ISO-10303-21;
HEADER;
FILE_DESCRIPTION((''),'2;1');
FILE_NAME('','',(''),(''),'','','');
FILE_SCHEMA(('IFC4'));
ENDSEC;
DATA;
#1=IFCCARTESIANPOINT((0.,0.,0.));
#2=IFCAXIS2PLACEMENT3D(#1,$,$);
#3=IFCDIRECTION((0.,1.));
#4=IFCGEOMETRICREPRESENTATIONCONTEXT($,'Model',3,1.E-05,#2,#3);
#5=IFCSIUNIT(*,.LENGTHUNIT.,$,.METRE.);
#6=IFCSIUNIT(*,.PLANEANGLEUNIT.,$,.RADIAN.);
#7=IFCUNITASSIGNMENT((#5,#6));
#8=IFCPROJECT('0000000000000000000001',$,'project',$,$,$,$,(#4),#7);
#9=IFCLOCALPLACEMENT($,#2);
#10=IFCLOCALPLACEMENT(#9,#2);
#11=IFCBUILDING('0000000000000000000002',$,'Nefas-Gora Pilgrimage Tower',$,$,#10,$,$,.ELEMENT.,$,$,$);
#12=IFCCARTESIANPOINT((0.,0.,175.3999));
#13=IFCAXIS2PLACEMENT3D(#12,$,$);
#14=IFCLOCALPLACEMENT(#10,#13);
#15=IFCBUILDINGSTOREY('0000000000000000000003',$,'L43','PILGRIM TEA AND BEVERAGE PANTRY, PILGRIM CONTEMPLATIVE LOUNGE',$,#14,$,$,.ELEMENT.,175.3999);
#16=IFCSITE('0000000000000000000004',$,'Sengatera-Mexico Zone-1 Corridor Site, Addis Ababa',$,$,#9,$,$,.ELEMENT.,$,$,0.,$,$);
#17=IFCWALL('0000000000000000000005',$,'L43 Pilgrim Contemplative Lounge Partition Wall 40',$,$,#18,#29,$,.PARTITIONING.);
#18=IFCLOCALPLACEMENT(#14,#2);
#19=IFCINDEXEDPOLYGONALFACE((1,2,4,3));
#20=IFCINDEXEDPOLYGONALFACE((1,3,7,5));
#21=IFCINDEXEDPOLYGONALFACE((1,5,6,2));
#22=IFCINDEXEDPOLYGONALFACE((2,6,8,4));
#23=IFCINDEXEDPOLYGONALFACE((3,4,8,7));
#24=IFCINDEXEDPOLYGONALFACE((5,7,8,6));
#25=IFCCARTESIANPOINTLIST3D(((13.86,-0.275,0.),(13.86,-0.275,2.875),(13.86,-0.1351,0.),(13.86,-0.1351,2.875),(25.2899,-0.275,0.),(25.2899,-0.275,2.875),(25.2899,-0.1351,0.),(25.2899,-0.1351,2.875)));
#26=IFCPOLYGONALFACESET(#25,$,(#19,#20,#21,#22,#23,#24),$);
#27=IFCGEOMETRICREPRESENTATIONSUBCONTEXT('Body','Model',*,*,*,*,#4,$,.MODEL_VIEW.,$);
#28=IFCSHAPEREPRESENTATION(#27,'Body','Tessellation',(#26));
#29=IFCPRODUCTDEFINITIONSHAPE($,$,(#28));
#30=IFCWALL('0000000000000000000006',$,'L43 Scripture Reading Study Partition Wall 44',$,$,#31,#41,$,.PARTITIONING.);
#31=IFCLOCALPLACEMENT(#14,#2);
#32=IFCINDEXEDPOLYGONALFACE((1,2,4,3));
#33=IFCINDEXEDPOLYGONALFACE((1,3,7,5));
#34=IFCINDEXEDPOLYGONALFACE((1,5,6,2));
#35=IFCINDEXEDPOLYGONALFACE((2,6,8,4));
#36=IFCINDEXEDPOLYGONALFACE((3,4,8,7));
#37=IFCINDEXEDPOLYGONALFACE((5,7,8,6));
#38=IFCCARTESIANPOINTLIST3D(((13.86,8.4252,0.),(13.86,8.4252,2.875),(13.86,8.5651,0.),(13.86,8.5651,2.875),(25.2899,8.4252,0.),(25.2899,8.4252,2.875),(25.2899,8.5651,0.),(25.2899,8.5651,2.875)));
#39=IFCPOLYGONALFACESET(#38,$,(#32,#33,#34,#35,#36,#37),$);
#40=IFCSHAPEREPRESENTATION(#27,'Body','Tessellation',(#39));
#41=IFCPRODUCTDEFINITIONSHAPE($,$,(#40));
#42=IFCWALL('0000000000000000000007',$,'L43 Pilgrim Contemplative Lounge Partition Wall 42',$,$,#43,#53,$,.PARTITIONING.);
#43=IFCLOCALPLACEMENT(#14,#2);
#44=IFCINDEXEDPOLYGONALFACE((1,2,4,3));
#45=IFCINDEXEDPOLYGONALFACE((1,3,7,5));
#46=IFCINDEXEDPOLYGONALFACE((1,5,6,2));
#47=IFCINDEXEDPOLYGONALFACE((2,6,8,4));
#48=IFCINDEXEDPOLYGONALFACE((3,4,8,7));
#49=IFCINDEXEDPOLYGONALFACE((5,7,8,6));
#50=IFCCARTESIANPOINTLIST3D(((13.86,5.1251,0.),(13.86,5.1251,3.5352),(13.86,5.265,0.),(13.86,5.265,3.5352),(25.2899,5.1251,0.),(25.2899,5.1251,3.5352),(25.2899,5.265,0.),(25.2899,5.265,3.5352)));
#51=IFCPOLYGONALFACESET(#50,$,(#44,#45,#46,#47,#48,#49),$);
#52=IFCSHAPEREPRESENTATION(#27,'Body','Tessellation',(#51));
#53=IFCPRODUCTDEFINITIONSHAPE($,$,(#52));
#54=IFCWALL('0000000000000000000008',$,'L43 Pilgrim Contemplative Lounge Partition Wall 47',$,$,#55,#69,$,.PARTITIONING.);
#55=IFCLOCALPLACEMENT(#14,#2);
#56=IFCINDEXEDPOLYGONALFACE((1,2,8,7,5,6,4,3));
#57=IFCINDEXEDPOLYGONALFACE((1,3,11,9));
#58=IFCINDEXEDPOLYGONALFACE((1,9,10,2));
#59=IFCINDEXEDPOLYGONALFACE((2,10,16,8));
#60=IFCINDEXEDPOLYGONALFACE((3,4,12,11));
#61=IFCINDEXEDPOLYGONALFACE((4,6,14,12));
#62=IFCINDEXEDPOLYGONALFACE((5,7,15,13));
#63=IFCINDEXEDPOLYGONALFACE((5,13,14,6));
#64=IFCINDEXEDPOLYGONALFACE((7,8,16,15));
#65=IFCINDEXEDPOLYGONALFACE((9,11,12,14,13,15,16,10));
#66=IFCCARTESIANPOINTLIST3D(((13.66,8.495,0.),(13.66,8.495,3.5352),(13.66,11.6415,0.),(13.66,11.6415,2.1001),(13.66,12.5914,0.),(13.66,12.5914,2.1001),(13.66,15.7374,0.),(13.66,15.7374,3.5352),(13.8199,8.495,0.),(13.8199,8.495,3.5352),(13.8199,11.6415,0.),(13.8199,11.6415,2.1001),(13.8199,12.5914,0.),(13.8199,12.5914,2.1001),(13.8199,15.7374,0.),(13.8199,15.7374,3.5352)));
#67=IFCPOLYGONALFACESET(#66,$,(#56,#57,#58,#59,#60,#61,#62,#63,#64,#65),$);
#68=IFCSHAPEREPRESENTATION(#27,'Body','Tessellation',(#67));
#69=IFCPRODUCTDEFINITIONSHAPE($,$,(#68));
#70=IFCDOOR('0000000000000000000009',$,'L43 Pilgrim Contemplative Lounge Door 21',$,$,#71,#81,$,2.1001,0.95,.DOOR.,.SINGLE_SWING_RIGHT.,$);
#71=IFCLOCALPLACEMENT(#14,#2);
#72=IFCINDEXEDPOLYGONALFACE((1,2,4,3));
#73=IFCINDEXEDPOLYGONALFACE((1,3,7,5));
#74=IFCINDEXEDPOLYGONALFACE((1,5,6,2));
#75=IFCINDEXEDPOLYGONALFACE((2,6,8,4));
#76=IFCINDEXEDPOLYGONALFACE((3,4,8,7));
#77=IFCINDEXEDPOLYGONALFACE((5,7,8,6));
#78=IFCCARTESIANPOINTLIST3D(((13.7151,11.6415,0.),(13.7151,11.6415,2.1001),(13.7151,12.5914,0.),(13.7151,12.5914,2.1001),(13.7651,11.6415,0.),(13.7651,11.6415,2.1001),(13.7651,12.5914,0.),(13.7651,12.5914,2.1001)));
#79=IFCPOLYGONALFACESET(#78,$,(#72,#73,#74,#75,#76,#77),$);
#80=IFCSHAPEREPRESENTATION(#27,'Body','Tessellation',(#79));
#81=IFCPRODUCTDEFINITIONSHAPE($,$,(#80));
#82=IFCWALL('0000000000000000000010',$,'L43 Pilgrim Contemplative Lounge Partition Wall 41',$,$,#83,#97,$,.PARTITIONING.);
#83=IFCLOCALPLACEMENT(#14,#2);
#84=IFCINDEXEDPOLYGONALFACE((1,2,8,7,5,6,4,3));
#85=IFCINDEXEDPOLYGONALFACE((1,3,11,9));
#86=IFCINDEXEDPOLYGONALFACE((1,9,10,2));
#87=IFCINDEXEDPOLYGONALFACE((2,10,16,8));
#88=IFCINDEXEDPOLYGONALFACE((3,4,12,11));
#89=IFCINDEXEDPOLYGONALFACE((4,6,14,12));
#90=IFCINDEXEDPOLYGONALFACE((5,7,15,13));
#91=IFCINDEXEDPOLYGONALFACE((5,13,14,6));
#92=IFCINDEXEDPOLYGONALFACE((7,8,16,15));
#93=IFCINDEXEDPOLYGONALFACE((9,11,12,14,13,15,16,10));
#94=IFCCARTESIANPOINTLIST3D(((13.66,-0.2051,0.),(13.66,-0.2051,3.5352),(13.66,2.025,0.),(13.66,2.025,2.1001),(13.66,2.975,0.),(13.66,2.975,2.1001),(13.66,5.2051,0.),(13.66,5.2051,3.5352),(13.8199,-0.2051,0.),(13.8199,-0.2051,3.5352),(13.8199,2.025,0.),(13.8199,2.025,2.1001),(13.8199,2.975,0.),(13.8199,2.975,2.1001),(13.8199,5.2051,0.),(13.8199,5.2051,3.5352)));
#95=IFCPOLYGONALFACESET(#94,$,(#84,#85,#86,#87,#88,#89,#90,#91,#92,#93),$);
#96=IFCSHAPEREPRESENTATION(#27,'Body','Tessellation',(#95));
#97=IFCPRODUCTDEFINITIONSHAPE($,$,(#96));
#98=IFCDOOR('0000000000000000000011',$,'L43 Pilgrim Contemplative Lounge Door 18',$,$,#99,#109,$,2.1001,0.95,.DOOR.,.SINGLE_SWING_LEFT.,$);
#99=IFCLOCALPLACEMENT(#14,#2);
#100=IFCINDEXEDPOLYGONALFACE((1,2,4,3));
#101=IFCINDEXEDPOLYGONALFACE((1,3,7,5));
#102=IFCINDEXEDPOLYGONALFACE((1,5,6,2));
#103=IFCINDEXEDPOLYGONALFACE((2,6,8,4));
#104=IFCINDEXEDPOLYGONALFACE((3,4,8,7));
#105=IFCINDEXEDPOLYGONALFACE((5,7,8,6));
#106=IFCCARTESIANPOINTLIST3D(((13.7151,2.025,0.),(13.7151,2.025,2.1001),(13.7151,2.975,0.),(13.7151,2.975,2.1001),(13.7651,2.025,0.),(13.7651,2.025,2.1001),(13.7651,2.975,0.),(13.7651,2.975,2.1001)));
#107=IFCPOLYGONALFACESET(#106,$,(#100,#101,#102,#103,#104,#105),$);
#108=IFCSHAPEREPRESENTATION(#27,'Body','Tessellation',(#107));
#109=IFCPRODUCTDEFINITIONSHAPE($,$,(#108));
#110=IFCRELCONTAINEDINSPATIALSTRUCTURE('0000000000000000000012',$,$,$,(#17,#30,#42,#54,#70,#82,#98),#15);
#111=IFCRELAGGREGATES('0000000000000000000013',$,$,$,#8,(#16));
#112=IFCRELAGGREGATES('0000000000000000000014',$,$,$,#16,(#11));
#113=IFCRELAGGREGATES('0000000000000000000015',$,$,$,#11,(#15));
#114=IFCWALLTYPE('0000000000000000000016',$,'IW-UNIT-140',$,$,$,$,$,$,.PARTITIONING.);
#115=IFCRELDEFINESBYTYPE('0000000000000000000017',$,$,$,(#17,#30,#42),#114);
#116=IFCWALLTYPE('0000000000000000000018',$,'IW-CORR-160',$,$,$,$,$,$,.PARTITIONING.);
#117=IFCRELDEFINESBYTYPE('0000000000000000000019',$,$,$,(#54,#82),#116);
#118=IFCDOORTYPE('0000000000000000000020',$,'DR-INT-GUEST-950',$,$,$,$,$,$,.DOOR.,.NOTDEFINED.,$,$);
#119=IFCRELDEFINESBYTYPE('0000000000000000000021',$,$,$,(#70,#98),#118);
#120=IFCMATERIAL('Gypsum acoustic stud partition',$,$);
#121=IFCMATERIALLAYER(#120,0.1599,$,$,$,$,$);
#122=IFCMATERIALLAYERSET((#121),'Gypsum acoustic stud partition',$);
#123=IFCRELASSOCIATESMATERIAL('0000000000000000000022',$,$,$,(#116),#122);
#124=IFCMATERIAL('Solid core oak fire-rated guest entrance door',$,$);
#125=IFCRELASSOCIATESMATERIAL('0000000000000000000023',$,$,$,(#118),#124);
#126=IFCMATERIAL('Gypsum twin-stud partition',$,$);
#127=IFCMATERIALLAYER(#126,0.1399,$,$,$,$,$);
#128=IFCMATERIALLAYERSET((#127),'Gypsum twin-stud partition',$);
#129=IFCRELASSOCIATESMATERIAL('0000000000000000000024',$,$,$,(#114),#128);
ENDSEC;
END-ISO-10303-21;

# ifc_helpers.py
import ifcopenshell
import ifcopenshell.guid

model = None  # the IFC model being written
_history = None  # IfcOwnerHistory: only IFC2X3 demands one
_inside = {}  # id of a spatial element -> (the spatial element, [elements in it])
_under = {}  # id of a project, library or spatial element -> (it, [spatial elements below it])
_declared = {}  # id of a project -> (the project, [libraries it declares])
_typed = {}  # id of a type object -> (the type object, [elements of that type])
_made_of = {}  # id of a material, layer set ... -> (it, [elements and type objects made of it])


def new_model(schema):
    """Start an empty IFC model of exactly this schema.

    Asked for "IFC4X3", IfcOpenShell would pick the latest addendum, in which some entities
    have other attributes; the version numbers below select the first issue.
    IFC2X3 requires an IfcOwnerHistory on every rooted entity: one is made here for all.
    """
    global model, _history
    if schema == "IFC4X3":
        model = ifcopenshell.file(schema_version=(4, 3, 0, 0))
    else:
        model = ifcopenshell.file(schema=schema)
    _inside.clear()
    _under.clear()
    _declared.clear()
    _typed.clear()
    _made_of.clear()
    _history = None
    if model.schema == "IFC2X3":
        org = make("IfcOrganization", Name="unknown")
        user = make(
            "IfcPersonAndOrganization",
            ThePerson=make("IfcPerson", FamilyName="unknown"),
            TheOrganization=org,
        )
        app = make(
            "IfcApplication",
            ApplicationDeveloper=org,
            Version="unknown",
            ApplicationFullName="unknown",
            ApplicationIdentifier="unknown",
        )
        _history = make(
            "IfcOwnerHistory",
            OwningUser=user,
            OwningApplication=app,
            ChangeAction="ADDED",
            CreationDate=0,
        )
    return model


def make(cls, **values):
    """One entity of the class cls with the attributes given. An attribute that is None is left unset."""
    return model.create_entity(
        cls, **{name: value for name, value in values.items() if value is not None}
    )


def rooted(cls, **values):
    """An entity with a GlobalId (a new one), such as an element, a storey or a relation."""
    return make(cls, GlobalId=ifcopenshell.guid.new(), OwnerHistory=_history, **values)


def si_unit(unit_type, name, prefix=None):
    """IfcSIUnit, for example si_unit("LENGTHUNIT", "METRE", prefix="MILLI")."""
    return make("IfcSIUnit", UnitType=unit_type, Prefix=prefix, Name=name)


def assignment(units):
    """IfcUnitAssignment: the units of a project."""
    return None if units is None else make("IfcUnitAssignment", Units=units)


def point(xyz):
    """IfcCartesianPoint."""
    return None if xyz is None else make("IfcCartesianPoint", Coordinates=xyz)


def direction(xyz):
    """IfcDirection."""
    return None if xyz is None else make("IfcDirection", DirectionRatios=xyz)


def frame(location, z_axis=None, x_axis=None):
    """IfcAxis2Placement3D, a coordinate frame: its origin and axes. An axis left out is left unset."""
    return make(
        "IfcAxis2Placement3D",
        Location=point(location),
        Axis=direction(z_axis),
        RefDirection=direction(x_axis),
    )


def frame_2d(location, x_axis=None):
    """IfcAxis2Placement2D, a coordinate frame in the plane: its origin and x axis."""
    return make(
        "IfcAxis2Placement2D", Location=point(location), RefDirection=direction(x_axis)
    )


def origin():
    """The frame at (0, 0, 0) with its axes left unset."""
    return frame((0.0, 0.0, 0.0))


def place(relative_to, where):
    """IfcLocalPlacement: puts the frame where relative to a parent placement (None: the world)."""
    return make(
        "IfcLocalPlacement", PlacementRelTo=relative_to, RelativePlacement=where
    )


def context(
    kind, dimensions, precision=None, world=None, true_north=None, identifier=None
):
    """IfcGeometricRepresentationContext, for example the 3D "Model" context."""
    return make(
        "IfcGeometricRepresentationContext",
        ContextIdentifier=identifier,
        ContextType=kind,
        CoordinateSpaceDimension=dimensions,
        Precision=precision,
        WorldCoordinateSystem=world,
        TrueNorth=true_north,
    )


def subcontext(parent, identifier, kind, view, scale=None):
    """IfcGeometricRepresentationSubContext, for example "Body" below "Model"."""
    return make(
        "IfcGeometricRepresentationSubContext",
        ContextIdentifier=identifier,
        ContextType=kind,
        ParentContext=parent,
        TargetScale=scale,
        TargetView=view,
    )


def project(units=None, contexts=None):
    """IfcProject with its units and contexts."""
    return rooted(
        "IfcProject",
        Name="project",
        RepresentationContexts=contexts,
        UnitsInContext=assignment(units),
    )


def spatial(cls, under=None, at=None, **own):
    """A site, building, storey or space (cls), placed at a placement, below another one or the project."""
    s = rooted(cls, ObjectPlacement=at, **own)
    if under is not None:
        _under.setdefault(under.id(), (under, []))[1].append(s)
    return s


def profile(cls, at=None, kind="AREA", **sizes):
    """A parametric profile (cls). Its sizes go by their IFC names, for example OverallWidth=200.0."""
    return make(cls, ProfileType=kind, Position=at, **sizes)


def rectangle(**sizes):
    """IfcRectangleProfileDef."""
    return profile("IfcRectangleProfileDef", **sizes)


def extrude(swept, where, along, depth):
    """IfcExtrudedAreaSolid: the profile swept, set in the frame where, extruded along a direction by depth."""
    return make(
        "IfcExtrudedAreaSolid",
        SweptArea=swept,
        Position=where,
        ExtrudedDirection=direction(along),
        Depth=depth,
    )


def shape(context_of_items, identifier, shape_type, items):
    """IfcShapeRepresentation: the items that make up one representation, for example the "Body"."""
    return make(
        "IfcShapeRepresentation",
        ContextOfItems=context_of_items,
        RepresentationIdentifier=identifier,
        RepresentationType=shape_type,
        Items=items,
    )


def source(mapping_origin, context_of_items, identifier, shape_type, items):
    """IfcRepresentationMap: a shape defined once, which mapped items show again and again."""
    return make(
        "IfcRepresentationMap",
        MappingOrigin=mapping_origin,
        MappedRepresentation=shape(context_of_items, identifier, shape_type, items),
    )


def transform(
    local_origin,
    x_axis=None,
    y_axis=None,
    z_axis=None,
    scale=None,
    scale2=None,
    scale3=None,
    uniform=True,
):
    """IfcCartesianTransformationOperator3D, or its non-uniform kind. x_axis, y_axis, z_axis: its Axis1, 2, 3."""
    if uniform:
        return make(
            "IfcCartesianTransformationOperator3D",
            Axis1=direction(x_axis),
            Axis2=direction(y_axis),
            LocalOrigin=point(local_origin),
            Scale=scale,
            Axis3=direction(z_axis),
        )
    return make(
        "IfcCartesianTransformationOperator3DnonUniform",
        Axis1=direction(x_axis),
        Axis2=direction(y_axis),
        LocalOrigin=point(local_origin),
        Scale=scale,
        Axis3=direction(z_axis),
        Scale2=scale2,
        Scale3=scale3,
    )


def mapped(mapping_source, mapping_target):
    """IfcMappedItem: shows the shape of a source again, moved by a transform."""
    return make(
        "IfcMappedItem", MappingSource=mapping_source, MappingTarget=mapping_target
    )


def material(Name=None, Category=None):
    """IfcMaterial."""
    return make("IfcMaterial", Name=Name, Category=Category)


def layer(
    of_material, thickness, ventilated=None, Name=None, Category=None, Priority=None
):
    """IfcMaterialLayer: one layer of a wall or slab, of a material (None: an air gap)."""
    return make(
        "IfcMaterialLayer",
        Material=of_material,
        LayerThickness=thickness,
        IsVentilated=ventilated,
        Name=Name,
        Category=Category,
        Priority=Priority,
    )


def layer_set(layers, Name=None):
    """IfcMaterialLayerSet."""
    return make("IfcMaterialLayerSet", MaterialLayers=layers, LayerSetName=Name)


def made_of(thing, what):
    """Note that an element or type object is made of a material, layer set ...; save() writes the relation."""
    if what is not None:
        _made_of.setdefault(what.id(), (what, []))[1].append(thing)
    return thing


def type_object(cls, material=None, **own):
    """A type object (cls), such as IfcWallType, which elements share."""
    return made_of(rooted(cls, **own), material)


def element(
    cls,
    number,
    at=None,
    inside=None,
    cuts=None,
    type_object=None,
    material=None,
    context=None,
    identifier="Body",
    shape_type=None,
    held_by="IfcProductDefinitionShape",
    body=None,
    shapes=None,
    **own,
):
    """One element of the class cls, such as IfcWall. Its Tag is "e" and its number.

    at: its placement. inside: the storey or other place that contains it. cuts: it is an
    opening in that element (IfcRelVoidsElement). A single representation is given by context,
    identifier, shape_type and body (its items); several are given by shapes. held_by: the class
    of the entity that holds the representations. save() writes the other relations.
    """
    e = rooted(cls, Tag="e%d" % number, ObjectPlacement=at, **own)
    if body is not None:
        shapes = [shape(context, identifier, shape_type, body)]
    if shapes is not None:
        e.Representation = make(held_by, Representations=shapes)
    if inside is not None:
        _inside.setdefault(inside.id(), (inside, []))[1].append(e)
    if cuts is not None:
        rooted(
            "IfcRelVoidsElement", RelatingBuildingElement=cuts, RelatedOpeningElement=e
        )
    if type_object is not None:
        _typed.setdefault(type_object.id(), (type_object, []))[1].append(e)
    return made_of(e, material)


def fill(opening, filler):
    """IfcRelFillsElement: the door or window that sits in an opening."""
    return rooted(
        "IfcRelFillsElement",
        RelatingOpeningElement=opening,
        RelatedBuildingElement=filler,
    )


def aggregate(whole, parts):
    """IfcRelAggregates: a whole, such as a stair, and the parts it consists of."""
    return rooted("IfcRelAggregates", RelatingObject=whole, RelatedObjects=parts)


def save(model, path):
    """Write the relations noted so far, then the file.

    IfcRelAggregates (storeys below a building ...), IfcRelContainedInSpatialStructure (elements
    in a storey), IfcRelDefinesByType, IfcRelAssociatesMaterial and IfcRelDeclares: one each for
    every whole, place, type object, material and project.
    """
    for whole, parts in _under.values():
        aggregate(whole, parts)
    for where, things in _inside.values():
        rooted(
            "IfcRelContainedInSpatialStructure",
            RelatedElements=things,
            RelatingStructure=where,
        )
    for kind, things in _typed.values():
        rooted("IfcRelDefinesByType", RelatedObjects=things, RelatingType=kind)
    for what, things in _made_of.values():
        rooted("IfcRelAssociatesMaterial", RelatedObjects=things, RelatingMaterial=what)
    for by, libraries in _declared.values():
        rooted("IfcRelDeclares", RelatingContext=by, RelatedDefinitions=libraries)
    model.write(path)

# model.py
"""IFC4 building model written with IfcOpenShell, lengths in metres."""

from ifc_helpers import new_model, si_unit, direction, frame, frame_2d, origin, place, context, subcontext, project, spatial, rectangle, extrude, source, transform, mapped, material, layer, layer_set, type_object, element, fill, save


model = new_model("IFC4")

# Units and contexts
model_context = context("Model", 3, precision=1e-05, world=origin(), true_north=direction((0.0, 1.0)))
body_context = subcontext(model_context, "Body", "Model", "MODEL_VIEW")
ifc_project = project(units=[si_unit("LENGTHUNIT", "METRE"), si_unit("PLANEANGLEUNIT", "RADIAN")], contexts=[model_context])

# Site, building, storey
site_placement = place(None, origin())
site = spatial("IfcSite", under=ifc_project, at=site_placement, Name="Sengatera-Mexico Zone-1 Corridor Site, Addis Ababa", CompositionType="ELEMENT", RefElevation=0.0)
building_placement = place(site_placement, origin())
building = spatial("IfcBuilding", under=site, at=building_placement, Name="Nefas-Gora Pilgrimage Tower", CompositionType="ELEMENT")
storey_placement = place(building_placement, frame((0.0, 0.0, 175.3999)))
storey = spatial("IfcBuildingStorey", under=building, at=storey_placement, Name="L43", Description="PILGRIM TEA AND BEVERAGE PANTRY, PILGRIM CONTEMPLATIVE LOUNGE", CompositionType="ELEMENT", Elevation=175.3999)

# Shared definitions
ifc_material_1 = material(Name="Gypsum acoustic stud partition")
ifc_layer_1 = layer(ifc_material_1, 0.1599)
ifc_layer_set_1 = layer_set([ifc_layer_1], Name="Gypsum acoustic stud partition")
wall_type_1 = type_object("IfcWallType", Name="IW-CORR-160", PredefinedType="PARTITIONING", material=ifc_layer_set_1)
ifc_material_2 = material(Name="Solid core oak fire-rated guest entrance door")
door_type = type_object("IfcDoorType", Name="DR-INT-GUEST-950", OperationType="NOTDEFINED", PredefinedType="DOOR", material=ifc_material_2)
shared_shape_1 = source(origin(), body_context, "Body", "SweptSolid", [
    extrude(rectangle(XDim=0.95, YDim=2.1001, at=frame_2d((0.4751, 1.05))), frame((0.0, 0.0249, 0.0), z_axis=(0.0, -1.0, 0.0), x_axis=(1.0, 0.0, 0.0)), (0.0, 0.0, 1.0), 0.05),
])

# Walls
ifc_material_3 = material(Name="Gypsum twin-stud partition")
ifc_layer_2 = layer(ifc_material_3, 0.1399)
ifc_layer_set_2 = layer_set([ifc_layer_2], Name="Gypsum twin-stud partition")
wall_type_2 = type_object("IfcWallType", Name="IW-UNIT-140", PredefinedType="PARTITIONING", material=ifc_layer_set_2)
shared_shape_2 = source(origin(), body_context, "Body", "SweptSolid", [
    extrude(rectangle(XDim=11.4299, YDim=0.1399, at=frame_2d((5.7148, 0.0))), origin(), (0.0, 0.0, 1.0), 2.875),
])
for number, where, z_axis, x_axis, name in (
    (1, (13.8601, -0.2051, 0.0), (0.0, 0.0, 1.0), (1.0, 0.0, 0.0), "L43 Pilgrim Contemplative Lounge Partition Wall 40"),
    (2, (13.8601, 8.4951, 0.0), (0.0, 0.0, 1.0), (1.0, 0.0, 0.0), "L43 Scripture Reading Study Partition Wall 44"),
):
    element("IfcWall", number, at=place(storey_placement, frame(where, z_axis=z_axis, x_axis=x_axis)), inside=storey, type_object=wall_type_2, Name=name, PredefinedType="PARTITIONING", context=body_context, shape_type="MappedRepresentation", body=[
        mapped(shared_shape_2, transform((0.0, 0.0, 0.0), x_axis=(1.0, 0.0, 0.0), y_axis=(0.0, 1.0, 0.0), z_axis=(0.0, 0.0, 1.0), scale=1.0)),
    ])
shared_shape_3 = source(origin(), body_context, "Body", "SweptSolid", [
    extrude(rectangle(XDim=11.4299, YDim=0.1399, at=frame_2d((5.7148, 0.0))), origin(), (0.0, 0.0, 1.0), 3.5352),
])
wall_1_placement = place(storey_placement, frame((13.8601, 5.1951, 0.0), z_axis=(0.0, 0.0, 1.0), x_axis=(1.0, 0.0, 0.0)))
element("IfcWall", 3, at=wall_1_placement, inside=storey, type_object=wall_type_2, Name="L43 Pilgrim Contemplative Lounge Partition Wall 42", PredefinedType="PARTITIONING", context=body_context, shape_type="MappedRepresentation", body=[
    mapped(shared_shape_3, transform((0.0, 0.0, 0.0), x_axis=(1.0, 0.0, 0.0), y_axis=(0.0, 1.0, 0.0), z_axis=(0.0, 0.0, 1.0), scale=1.0)),
])

# Walls, openings, doors
shared_shape_4 = source(origin(), body_context, "Body", "SweptSolid", [
    extrude(rectangle(XDim=7.2424, YDim=0.1599, at=frame_2d((3.6211, 0.0))), origin(), (0.0, 0.0, 1.0), 3.5352),
])
wall_2_placement = place(storey_placement, frame((13.74, 8.4951, 0.0), z_axis=(0.0, 0.0, 1.0), x_axis=(0.0, 1.0, 0.0)))
wall_2 = element("IfcWall", 4, at=wall_2_placement, inside=storey, type_object=wall_type_1, Name="L43 Pilgrim Contemplative Lounge Partition Wall 47", PredefinedType="PARTITIONING", context=body_context, shape_type="MappedRepresentation", body=[
    mapped(shared_shape_4, transform((0.0, 0.0, 0.0), x_axis=(1.0, 0.0, 0.0), y_axis=(0.0, 1.0, 0.0), z_axis=(0.0, 0.0, 1.0), scale=1.0)),
])
opening_1_placement = place(wall_2_placement, frame((3.1462, 0.0, 0.0)))
opening_1 = element("IfcOpeningElement", 5, at=opening_1_placement, cuts=wall_2, PredefinedType="OPENING", context=body_context, shape_type="SweptSolid", body=[
    extrude(rectangle(XDim=0.95, YDim=2.1001, at=frame_2d((0.4751, 1.05))), frame((0.0, 0.0898, 0.0), z_axis=(0.0, -1.0, 0.0), x_axis=(1.0, 0.0, 0.0)), (0.0, 0.0, 1.0), 0.1799),
])
door_1_placement = place(opening_1_placement, origin())
door_1 = element("IfcDoor", 6, at=door_1_placement, inside=storey, type_object=door_type, Name="L43 Pilgrim Contemplative Lounge Door 21", OperationType="SINGLE_SWING_RIGHT", OverallHeight=2.1001, OverallWidth=0.95, PredefinedType="DOOR", context=body_context, shape_type="MappedRepresentation", body=[
    mapped(shared_shape_1, transform((0.0, 0.0, 0.0), x_axis=(1.0, 0.0, 0.0), y_axis=(0.0, 1.0, 0.0), z_axis=(0.0, 0.0, 1.0), scale=1.0)),
])
fill(opening_1, door_1)
shared_shape_5 = source(origin(), body_context, "Body", "SweptSolid", [
    extrude(rectangle(XDim=5.4102, YDim=0.1599, at=frame_2d((2.7051, 0.0))), origin(), (0.0, 0.0, 1.0), 3.5352),
])
wall_3_placement = place(storey_placement, frame((13.74, -0.2051, 0.0), z_axis=(0.0, 0.0, 1.0), x_axis=(0.0, 1.0, 0.0)))
wall_3 = element("IfcWall", 7, at=wall_3_placement, inside=storey, type_object=wall_type_1, Name="L43 Pilgrim Contemplative Lounge Partition Wall 41", PredefinedType="PARTITIONING", context=body_context, shape_type="MappedRepresentation", body=[
    mapped(shared_shape_5, transform((0.0, 0.0, 0.0), x_axis=(1.0, 0.0, 0.0), y_axis=(0.0, 1.0, 0.0), z_axis=(0.0, 0.0, 1.0), scale=1.0)),
])
opening_2_placement = place(wall_3_placement, frame((2.23, 0.0, 0.0)))
opening_2 = element("IfcOpeningElement", 8, at=opening_2_placement, cuts=wall_3, PredefinedType="OPENING", context=body_context, shape_type="SweptSolid", body=[
    extrude(rectangle(XDim=0.95, YDim=2.1001, at=frame_2d((0.4751, 1.05))), frame((0.0, 0.0898, 0.0), z_axis=(0.0, -1.0, 0.0), x_axis=(1.0, 0.0, 0.0)), (0.0, 0.0, 1.0), 0.1799),
])
door_2_placement = place(opening_2_placement, origin())
door_2 = element("IfcDoor", 9, at=door_2_placement, inside=storey, type_object=door_type, Name="L43 Pilgrim Contemplative Lounge Door 18", OperationType="SINGLE_SWING_LEFT", OverallHeight=2.1001, OverallWidth=0.95, PredefinedType="DOOR", context=body_context, shape_type="MappedRepresentation", body=[
    mapped(shared_shape_1, transform((0.0, 0.0, 0.0), x_axis=(1.0, 0.0, 0.0), y_axis=(0.0, 1.0, 0.0), z_axis=(0.0, 0.0, 1.0), scale=1.0)),
])
fill(opening_2, door_2)

save(model, "model.ifc")
